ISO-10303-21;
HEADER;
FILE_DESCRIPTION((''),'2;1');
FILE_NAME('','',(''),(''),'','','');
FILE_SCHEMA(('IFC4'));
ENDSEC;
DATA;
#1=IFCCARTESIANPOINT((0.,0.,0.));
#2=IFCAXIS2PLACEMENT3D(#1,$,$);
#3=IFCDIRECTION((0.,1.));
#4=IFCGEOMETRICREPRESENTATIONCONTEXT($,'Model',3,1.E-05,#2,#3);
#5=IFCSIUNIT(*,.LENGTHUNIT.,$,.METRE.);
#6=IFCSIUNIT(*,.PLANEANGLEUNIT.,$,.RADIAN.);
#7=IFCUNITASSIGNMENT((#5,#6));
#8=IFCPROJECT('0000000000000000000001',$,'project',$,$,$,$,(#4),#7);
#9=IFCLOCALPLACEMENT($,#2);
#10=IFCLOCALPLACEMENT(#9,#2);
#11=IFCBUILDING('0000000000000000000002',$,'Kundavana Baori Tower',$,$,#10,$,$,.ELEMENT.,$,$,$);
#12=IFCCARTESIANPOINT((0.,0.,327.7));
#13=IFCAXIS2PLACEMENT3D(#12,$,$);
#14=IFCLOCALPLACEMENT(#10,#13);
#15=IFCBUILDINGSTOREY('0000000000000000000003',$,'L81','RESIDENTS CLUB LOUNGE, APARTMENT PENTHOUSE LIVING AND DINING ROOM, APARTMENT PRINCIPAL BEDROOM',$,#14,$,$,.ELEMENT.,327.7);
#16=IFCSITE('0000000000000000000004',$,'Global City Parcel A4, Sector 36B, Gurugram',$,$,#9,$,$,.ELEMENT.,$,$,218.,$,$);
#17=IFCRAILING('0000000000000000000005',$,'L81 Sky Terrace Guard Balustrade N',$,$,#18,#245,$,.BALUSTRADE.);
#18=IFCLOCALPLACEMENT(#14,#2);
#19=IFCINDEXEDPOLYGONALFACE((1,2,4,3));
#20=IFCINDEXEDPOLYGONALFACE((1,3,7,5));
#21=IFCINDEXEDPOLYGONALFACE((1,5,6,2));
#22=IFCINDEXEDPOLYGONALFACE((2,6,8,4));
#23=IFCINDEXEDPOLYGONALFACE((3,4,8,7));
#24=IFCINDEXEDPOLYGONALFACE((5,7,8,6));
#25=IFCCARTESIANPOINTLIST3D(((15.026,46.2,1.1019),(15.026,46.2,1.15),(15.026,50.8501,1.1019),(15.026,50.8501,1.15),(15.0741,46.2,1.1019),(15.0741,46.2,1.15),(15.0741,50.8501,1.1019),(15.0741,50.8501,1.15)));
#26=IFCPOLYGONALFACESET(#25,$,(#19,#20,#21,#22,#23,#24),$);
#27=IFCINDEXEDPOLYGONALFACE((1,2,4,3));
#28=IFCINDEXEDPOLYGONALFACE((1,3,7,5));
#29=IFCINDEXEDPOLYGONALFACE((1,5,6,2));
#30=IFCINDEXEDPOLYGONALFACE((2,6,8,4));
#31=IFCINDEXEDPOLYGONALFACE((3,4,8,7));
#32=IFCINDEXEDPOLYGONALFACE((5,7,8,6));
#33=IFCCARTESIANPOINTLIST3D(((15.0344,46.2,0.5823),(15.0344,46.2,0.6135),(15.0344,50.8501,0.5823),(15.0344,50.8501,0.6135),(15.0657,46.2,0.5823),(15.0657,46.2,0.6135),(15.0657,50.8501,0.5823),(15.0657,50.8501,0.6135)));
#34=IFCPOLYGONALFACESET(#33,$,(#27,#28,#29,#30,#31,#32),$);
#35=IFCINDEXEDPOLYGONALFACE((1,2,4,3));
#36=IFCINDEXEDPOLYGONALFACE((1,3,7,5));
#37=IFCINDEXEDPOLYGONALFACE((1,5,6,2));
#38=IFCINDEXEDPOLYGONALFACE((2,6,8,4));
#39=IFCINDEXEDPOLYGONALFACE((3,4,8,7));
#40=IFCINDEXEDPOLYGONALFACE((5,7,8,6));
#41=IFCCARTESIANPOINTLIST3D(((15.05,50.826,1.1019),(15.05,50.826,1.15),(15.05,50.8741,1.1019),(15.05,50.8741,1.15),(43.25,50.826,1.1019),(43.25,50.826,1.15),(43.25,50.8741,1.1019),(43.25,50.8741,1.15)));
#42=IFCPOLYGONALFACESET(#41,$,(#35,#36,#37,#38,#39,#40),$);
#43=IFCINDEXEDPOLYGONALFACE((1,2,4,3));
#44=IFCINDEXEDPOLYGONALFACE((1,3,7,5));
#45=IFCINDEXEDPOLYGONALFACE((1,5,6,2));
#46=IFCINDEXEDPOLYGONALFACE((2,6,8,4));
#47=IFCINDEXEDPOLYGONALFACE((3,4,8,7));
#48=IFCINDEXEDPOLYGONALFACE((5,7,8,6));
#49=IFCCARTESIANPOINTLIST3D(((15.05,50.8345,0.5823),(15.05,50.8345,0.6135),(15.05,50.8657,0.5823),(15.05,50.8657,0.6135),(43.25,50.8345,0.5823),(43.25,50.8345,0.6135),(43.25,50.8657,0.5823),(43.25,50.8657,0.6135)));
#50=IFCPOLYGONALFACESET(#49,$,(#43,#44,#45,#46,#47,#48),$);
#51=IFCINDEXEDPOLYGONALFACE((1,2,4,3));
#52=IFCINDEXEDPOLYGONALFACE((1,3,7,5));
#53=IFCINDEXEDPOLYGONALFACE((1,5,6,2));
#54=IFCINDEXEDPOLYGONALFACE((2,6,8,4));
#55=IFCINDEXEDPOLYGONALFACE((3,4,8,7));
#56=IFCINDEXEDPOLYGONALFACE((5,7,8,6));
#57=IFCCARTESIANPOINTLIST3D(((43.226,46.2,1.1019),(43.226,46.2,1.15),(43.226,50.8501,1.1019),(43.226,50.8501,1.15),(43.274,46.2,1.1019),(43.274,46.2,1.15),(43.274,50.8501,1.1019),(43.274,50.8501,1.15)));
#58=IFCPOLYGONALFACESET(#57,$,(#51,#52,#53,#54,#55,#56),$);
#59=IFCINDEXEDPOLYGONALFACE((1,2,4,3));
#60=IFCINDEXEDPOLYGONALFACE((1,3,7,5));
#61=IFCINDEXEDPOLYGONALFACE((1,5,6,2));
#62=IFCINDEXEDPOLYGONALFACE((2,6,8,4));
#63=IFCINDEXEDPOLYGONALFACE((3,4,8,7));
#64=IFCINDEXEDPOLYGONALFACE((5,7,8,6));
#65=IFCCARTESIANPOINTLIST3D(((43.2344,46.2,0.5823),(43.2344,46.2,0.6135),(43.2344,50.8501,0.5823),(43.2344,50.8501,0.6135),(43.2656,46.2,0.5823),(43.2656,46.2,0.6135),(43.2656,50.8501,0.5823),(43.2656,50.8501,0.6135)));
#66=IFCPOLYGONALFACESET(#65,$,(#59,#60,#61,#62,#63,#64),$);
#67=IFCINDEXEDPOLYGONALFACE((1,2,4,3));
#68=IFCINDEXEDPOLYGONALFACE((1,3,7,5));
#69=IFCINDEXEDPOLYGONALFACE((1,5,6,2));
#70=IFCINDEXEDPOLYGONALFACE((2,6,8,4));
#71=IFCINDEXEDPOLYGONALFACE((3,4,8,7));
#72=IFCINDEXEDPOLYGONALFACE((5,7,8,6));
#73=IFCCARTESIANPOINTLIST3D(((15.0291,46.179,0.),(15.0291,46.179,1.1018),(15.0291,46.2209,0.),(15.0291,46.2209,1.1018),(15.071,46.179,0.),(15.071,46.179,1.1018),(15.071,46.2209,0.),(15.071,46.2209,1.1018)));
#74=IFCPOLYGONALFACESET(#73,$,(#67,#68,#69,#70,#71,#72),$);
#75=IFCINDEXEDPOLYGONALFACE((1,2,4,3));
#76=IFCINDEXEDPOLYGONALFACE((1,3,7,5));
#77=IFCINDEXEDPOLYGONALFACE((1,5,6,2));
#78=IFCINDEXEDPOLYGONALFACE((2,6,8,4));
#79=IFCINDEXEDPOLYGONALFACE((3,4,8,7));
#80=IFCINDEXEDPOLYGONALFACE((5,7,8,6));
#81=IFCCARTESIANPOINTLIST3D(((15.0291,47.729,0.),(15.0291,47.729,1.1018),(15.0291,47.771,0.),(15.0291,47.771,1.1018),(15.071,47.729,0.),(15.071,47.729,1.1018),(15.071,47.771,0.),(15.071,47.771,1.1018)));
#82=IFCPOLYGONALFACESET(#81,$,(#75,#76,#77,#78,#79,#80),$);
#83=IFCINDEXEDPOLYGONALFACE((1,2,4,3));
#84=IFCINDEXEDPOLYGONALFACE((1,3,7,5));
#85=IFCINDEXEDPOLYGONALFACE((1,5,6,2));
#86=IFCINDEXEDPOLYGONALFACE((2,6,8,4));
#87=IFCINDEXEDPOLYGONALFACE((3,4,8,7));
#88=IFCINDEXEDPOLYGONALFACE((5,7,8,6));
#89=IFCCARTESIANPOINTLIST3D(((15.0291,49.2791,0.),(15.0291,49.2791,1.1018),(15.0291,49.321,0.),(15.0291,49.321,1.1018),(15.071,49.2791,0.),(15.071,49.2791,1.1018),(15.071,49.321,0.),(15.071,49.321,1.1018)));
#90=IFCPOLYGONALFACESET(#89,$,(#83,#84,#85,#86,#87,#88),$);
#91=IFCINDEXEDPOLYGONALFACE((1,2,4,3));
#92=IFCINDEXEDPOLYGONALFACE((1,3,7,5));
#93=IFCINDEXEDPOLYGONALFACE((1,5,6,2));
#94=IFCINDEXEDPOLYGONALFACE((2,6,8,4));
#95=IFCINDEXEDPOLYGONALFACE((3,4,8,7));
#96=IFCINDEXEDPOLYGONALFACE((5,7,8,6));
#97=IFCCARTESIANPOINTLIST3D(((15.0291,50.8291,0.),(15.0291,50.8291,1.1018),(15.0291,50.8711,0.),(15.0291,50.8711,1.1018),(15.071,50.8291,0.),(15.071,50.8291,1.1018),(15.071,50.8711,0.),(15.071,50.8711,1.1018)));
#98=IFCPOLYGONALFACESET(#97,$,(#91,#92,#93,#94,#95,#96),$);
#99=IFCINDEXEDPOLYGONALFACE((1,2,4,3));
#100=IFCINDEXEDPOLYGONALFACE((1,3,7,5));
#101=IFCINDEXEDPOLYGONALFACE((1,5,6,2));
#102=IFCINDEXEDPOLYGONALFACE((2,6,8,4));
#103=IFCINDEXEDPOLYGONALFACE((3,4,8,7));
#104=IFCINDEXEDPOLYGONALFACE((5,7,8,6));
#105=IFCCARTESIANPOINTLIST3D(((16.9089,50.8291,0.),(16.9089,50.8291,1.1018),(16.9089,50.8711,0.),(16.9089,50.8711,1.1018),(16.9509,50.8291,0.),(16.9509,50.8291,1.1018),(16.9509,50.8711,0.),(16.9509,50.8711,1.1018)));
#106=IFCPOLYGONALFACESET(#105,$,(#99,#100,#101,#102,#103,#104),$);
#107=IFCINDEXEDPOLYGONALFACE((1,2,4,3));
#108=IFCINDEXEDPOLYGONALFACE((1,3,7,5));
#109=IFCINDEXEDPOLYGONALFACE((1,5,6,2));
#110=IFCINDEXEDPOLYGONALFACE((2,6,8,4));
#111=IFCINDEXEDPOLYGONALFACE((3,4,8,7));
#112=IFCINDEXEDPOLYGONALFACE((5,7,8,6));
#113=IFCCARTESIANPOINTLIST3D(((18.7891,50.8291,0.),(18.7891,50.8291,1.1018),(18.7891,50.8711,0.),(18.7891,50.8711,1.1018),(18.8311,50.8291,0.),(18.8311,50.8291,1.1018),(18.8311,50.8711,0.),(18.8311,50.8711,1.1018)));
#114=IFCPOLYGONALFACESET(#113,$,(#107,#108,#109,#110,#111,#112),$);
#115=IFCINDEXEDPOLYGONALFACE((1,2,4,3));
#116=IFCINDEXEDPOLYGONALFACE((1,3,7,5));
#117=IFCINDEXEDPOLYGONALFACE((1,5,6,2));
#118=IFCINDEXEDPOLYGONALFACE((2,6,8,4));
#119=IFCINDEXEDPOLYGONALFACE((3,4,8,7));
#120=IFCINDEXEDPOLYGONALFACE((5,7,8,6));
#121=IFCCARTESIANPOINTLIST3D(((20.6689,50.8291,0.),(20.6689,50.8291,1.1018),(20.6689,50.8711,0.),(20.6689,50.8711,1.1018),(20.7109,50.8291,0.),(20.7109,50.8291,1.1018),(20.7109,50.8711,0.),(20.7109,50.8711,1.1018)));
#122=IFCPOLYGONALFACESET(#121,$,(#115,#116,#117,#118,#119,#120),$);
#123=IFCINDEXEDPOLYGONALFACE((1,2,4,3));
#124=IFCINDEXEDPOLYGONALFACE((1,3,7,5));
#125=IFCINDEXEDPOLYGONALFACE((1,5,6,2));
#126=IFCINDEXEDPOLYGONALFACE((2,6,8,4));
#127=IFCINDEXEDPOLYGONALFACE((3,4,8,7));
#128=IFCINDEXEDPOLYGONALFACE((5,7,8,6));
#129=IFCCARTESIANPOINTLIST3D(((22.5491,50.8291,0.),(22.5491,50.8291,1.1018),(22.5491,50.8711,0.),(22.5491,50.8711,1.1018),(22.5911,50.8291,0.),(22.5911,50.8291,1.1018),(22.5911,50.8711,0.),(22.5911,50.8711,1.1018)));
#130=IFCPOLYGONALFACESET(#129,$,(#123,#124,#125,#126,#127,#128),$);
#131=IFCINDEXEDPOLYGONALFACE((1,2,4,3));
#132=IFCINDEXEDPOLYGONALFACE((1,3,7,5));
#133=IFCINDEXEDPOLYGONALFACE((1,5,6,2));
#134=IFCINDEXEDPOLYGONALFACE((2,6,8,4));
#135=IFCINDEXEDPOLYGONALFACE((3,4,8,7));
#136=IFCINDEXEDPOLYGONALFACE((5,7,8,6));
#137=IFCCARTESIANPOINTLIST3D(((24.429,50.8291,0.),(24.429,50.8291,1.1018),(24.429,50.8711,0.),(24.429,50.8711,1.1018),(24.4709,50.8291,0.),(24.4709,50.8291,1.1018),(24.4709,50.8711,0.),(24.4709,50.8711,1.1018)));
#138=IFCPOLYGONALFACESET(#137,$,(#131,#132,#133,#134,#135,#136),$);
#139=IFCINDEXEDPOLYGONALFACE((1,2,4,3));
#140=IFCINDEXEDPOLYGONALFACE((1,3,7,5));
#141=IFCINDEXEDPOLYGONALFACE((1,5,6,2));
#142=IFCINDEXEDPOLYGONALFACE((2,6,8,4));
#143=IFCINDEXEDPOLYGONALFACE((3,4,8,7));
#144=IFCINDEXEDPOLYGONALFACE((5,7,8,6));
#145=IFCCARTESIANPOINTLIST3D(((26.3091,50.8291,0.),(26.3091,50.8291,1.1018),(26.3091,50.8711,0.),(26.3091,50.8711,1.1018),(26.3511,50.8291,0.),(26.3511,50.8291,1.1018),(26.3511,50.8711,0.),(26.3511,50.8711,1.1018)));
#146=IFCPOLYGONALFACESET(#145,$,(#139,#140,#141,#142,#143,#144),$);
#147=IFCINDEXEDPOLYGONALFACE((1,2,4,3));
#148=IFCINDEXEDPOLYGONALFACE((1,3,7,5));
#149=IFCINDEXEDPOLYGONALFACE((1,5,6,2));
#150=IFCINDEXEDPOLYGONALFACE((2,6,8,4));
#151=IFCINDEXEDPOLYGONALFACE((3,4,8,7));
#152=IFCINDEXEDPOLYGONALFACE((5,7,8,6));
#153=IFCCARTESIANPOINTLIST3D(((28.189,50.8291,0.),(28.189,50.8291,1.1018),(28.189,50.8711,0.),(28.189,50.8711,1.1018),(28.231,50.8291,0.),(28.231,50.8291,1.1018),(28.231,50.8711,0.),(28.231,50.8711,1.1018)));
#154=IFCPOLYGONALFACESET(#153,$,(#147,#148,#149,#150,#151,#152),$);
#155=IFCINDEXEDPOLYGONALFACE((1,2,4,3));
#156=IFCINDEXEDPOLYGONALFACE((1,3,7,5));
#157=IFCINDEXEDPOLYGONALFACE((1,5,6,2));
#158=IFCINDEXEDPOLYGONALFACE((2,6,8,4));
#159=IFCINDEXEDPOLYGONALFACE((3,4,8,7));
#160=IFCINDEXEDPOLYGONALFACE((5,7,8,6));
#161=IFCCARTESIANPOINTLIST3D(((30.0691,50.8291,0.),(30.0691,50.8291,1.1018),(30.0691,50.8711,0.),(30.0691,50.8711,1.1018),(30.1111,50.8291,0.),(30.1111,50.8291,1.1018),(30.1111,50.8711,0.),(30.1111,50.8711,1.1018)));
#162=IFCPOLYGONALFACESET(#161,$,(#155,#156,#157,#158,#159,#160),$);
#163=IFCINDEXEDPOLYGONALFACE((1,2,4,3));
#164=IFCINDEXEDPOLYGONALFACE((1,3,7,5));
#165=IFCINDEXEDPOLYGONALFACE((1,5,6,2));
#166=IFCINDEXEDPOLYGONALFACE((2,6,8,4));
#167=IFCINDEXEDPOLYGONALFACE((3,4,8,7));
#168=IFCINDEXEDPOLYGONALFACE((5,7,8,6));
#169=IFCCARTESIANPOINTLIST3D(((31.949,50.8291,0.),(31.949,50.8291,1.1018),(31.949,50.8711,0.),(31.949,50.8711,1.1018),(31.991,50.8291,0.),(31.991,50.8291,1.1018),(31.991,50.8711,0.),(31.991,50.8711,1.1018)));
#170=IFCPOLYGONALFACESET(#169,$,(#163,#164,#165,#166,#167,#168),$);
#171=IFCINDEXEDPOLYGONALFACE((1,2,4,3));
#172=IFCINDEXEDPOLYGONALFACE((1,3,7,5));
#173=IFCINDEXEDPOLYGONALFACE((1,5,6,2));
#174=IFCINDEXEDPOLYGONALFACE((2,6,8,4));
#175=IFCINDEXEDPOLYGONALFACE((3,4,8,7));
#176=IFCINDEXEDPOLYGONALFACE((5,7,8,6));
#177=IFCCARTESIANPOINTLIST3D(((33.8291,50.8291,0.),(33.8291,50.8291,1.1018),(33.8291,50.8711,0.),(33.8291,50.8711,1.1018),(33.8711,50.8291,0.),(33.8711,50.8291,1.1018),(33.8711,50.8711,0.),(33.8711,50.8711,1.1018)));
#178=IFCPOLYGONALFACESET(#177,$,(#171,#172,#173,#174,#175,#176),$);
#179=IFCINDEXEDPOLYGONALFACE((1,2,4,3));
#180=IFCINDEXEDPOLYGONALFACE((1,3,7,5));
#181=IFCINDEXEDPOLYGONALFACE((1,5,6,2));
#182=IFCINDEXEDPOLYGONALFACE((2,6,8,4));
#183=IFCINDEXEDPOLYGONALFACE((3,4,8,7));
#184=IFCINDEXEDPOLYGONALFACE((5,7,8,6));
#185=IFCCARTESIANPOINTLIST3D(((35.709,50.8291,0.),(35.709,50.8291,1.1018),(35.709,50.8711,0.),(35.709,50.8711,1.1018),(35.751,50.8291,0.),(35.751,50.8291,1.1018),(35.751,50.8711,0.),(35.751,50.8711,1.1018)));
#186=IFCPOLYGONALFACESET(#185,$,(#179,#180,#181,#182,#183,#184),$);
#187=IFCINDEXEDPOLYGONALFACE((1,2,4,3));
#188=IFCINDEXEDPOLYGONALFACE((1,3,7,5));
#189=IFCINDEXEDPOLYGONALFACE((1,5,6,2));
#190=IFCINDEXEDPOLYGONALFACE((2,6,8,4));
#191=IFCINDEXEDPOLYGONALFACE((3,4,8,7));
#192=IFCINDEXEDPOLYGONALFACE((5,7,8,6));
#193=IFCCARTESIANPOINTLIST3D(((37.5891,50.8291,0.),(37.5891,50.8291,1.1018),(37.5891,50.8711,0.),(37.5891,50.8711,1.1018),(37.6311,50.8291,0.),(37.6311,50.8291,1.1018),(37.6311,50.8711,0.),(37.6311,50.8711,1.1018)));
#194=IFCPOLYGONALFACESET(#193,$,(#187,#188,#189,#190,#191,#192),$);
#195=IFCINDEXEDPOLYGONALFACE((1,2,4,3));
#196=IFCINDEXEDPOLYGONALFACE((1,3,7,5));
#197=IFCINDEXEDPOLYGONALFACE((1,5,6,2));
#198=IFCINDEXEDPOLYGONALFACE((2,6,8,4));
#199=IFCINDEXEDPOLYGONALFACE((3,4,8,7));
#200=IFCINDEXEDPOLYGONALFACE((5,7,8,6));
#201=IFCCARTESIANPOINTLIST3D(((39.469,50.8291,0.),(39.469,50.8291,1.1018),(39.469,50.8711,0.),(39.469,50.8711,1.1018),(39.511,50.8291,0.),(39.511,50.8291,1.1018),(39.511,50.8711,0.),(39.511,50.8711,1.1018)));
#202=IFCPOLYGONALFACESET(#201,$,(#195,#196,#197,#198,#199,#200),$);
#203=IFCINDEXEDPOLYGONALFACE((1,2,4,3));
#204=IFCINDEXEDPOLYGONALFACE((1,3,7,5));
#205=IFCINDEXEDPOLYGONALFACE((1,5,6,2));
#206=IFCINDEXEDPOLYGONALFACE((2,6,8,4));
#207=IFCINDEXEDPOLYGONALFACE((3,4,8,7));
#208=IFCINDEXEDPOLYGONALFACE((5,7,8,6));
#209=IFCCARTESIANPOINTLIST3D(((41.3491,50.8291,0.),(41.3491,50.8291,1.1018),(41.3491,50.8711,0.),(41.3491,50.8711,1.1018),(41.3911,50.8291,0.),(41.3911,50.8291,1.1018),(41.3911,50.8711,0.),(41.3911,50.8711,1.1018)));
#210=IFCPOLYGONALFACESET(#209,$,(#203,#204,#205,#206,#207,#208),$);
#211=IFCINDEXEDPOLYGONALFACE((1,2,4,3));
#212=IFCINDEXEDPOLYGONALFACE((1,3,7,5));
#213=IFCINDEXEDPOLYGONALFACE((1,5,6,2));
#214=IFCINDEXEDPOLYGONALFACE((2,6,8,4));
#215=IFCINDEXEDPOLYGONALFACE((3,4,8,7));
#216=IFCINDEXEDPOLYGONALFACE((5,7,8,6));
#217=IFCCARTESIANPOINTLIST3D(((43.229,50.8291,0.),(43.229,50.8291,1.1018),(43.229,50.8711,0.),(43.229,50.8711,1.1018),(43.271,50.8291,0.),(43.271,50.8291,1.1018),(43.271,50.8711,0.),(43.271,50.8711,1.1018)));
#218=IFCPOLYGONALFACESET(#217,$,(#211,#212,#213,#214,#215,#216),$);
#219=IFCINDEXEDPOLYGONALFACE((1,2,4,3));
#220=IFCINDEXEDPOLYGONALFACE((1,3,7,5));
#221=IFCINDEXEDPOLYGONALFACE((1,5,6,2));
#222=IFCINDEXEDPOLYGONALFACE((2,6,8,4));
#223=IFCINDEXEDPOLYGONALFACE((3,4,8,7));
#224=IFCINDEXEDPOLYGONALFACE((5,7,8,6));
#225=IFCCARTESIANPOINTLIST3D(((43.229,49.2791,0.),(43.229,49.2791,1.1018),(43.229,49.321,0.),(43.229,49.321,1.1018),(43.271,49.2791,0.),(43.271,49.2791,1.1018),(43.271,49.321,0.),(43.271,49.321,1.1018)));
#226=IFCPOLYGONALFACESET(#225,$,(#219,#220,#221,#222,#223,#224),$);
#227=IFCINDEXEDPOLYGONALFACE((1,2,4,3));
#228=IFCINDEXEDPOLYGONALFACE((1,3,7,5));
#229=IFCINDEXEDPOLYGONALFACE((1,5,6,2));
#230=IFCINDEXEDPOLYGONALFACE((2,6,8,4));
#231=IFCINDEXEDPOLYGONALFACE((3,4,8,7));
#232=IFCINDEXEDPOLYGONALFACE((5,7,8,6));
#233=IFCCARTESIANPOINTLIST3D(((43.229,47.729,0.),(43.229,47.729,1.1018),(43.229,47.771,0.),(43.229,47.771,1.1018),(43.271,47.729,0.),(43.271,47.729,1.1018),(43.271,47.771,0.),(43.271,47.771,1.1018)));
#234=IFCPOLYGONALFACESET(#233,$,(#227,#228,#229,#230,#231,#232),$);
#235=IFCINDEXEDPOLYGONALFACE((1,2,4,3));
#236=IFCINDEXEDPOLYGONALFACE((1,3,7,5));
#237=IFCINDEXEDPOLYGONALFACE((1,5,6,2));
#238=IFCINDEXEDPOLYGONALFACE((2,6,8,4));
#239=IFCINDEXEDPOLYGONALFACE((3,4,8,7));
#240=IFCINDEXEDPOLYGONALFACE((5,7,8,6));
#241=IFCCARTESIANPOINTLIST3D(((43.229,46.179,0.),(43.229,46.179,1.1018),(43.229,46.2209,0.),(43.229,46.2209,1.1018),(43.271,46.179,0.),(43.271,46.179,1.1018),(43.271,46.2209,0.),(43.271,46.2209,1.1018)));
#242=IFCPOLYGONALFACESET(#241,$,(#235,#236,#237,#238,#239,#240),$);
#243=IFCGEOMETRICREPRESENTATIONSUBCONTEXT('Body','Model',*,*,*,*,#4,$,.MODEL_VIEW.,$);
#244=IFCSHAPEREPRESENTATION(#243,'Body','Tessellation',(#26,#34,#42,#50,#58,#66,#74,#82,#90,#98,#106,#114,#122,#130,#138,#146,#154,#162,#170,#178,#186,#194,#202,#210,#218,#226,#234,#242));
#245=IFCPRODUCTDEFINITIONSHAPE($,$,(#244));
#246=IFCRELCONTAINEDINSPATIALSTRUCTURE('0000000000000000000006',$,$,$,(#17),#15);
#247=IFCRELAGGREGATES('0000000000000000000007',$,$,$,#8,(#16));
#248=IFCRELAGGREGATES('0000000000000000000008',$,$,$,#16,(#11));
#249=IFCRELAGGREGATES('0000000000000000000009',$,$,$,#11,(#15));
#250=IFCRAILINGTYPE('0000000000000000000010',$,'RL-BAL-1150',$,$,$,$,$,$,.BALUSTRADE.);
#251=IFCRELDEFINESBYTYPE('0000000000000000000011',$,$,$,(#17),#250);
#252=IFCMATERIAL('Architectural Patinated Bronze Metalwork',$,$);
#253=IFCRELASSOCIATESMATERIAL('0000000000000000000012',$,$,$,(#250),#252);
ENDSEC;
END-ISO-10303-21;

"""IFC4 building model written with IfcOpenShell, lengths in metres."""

from ifc_helpers import new_model, si_unit, direction, frame, origin, origin_2d, place, context, subcontext, project, spatial, rectangle, extrude, material, type_object, element, save


model = new_model("IFC4")

# Units and contexts
model_context = context("Model", 3, precision=1e-05, world=origin(), true_north=direction((0.0, 1.0)))
body_context = subcontext(model_context, "Body", "Model", "MODEL_VIEW")
ifc_project = project(units=[si_unit("LENGTHUNIT", "METRE"), si_unit("PLANEANGLEUNIT", "RADIAN")], contexts=[model_context])

# Site, building, storey
site_placement = place(None, origin())
site = spatial("IfcSite", under=ifc_project, at=site_placement, Name="Global City Parcel A4, Sector 36B, Gurugram", CompositionType="ELEMENT", RefElevation=218.0)
building_placement = place(site_placement, origin())
building = spatial("IfcBuilding", under=site, at=building_placement, Name="Kundavana Baori Tower", CompositionType="ELEMENT")
storey_placement = place(building_placement, frame((0.0, 0.0, 327.7)))
storey = spatial("IfcBuildingStorey", under=building, at=storey_placement, Name="L81", Description="RESIDENTS CLUB LOUNGE, APARTMENT PENTHOUSE LIVING AND DINING ROOM, APARTMENT PRINCIPAL BEDROOM", CompositionType="ELEMENT", Elevation=327.7)

# Railing
ifc_material_1 = material(Name="Architectural Patinated Bronze Metalwork")
railing_type_1 = type_object("IfcRailingType", Name="RL-BAL-1150", PredefinedType="BALUSTRADE", material=ifc_material_1)
railing_1_placement = place(storey_placement, frame((15.05, 46.2, 0.0)))
element("IfcRailing", 1, at=railing_1_placement, inside=storey, type_object=railing_type_1, Name="L81 Sky Terrace Guard Balustrade N", PredefinedType="BALUSTRADE", context=body_context, shape_type="SweptSolid", body=[
    extrude(rectangle(XDim=0.0481, YDim=0.0481, at=origin_2d()), frame((0.0, 0.0, 1.126), z_axis=(0.0, 1.0, 0.0), x_axis=(-1.0, 0.0, 0.0)), (0.0, 0.0, 1.0), 4.6501),
    extrude(rectangle(XDim=0.0312, YDim=0.0312, at=origin_2d()), frame((0.0, 0.0, 0.5979), z_axis=(0.0, 1.0, 0.0), x_axis=(-1.0, 0.0, 0.0)), (0.0, 0.0, 1.0), 4.6501),
    extrude(rectangle(XDim=0.0481, YDim=0.0481, at=origin_2d()), frame((0.0, 4.6501, 1.126), z_axis=(1.0, 0.0, 0.0), x_axis=(0.0, 1.0, 0.0)), (0.0, 0.0, 1.0), 28.2),
    extrude(rectangle(XDim=0.0312, YDim=0.0312, at=origin_2d()), frame((0.0, 4.6501, 0.5979), z_axis=(1.0, 0.0, 0.0), x_axis=(0.0, 1.0, 0.0)), (0.0, 0.0, 1.0), 28.2),
    extrude(rectangle(XDim=0.0481, YDim=0.0481, at=origin_2d()), frame((28.2, 4.6501, 1.126), z_axis=(0.0, -1.0, 0.0), x_axis=(1.0, 0.0, 0.0)), (0.0, 0.0, 1.0), 4.6501),
    extrude(rectangle(XDim=0.0312, YDim=0.0312, at=origin_2d()), frame((28.2, 4.6501, 0.5979), z_axis=(0.0, -1.0, 0.0), x_axis=(1.0, 0.0, 0.0)), (0.0, 0.0, 1.0), 4.6501),
    extrude(rectangle(XDim=0.042, YDim=0.042, at=origin_2d()), origin(), (0.0, 0.0, 1.0), 1.1018),
    extrude(rectangle(XDim=0.042, YDim=0.042, at=origin_2d()), frame((0.0, 1.55, 0.0)), (0.0, 0.0, 1.0), 1.1018),
    extrude(rectangle(XDim=0.042, YDim=0.042, at=origin_2d()), frame((0.0, 3.1001, 0.0)), (0.0, 0.0, 1.0), 1.1018),
    extrude(rectangle(XDim=0.042, YDim=0.042, at=origin_2d()), frame((0.0, 4.6501, 0.0)), (0.0, 0.0, 1.0), 1.1018),
    extrude(rectangle(XDim=0.042, YDim=0.042, at=origin_2d()), frame((1.8799, 4.6501, 0.0)), (0.0, 0.0, 1.0), 1.1018),
    extrude(rectangle(XDim=0.042, YDim=0.042, at=origin_2d()), frame((3.76, 4.6501, 0.0)), (0.0, 0.0, 1.0), 1.1018),
    extrude(rectangle(XDim=0.042, YDim=0.042, at=origin_2d()), frame((5.6399, 4.6501, 0.0)), (0.0, 0.0, 1.0), 1.1018),
    extrude(rectangle(XDim=0.042, YDim=0.042, at=origin_2d()), frame((7.52, 4.6501, 0.0)), (0.0, 0.0, 1.0), 1.1018),
    extrude(rectangle(XDim=0.042, YDim=0.042, at=origin_2d()), frame((9.3999, 4.6501, 0.0)), (0.0, 0.0, 1.0), 1.1018),
    extrude(rectangle(XDim=0.042, YDim=0.042, at=origin_2d()), frame((11.28, 4.6501, 0.0)), (0.0, 0.0, 1.0), 1.1018),
    extrude(rectangle(XDim=0.042, YDim=0.042, at=origin_2d()), frame((13.1599, 4.6501, 0.0)), (0.0, 0.0, 1.0), 1.1018),
    extrude(rectangle(XDim=0.042, YDim=0.042, at=origin_2d()), frame((15.04, 4.6501, 0.0)), (0.0, 0.0, 1.0), 1.1018),
    extrude(rectangle(XDim=0.042, YDim=0.042, at=origin_2d()), frame((16.9199, 4.6501, 0.0)), (0.0, 0.0, 1.0), 1.1018),
    extrude(rectangle(XDim=0.042, YDim=0.042, at=origin_2d()), frame((18.8, 4.6501, 0.0)), (0.0, 0.0, 1.0), 1.1018),
    extrude(rectangle(XDim=0.042, YDim=0.042, at=origin_2d()), frame((20.6799, 4.6501, 0.0)), (0.0, 0.0, 1.0), 1.1018),
    extrude(rectangle(XDim=0.042, YDim=0.042, at=origin_2d()), frame((22.5601, 4.6501, 0.0)), (0.0, 0.0, 1.0), 1.1018),
    extrude(rectangle(XDim=0.042, YDim=0.042, at=origin_2d()), frame((24.4399, 4.6501, 0.0)), (0.0, 0.0, 1.0), 1.1018),
    extrude(rectangle(XDim=0.042, YDim=0.042, at=origin_2d()), frame((26.3201, 4.6501, 0.0)), (0.0, 0.0, 1.0), 1.1018),
    extrude(rectangle(XDim=0.042, YDim=0.042, at=origin_2d()), frame((28.2, 4.6501, 0.0)), (0.0, 0.0, 1.0), 1.1018),
    extrude(rectangle(XDim=0.042, YDim=0.042, at=origin_2d()), frame((28.2, 3.1001, 0.0)), (0.0, 0.0, 1.0), 1.1018),
    extrude(rectangle(XDim=0.042, YDim=0.042, at=origin_2d()), frame((28.2, 1.55, 0.0)), (0.0, 0.0, 1.0), 1.1018),
    extrude(rectangle(XDim=0.042, YDim=0.042, at=origin_2d()), frame((28.2, 0.0, 0.0)), (0.0, 0.0, 1.0), 1.1018),
])

save(model, "model.ifc")
